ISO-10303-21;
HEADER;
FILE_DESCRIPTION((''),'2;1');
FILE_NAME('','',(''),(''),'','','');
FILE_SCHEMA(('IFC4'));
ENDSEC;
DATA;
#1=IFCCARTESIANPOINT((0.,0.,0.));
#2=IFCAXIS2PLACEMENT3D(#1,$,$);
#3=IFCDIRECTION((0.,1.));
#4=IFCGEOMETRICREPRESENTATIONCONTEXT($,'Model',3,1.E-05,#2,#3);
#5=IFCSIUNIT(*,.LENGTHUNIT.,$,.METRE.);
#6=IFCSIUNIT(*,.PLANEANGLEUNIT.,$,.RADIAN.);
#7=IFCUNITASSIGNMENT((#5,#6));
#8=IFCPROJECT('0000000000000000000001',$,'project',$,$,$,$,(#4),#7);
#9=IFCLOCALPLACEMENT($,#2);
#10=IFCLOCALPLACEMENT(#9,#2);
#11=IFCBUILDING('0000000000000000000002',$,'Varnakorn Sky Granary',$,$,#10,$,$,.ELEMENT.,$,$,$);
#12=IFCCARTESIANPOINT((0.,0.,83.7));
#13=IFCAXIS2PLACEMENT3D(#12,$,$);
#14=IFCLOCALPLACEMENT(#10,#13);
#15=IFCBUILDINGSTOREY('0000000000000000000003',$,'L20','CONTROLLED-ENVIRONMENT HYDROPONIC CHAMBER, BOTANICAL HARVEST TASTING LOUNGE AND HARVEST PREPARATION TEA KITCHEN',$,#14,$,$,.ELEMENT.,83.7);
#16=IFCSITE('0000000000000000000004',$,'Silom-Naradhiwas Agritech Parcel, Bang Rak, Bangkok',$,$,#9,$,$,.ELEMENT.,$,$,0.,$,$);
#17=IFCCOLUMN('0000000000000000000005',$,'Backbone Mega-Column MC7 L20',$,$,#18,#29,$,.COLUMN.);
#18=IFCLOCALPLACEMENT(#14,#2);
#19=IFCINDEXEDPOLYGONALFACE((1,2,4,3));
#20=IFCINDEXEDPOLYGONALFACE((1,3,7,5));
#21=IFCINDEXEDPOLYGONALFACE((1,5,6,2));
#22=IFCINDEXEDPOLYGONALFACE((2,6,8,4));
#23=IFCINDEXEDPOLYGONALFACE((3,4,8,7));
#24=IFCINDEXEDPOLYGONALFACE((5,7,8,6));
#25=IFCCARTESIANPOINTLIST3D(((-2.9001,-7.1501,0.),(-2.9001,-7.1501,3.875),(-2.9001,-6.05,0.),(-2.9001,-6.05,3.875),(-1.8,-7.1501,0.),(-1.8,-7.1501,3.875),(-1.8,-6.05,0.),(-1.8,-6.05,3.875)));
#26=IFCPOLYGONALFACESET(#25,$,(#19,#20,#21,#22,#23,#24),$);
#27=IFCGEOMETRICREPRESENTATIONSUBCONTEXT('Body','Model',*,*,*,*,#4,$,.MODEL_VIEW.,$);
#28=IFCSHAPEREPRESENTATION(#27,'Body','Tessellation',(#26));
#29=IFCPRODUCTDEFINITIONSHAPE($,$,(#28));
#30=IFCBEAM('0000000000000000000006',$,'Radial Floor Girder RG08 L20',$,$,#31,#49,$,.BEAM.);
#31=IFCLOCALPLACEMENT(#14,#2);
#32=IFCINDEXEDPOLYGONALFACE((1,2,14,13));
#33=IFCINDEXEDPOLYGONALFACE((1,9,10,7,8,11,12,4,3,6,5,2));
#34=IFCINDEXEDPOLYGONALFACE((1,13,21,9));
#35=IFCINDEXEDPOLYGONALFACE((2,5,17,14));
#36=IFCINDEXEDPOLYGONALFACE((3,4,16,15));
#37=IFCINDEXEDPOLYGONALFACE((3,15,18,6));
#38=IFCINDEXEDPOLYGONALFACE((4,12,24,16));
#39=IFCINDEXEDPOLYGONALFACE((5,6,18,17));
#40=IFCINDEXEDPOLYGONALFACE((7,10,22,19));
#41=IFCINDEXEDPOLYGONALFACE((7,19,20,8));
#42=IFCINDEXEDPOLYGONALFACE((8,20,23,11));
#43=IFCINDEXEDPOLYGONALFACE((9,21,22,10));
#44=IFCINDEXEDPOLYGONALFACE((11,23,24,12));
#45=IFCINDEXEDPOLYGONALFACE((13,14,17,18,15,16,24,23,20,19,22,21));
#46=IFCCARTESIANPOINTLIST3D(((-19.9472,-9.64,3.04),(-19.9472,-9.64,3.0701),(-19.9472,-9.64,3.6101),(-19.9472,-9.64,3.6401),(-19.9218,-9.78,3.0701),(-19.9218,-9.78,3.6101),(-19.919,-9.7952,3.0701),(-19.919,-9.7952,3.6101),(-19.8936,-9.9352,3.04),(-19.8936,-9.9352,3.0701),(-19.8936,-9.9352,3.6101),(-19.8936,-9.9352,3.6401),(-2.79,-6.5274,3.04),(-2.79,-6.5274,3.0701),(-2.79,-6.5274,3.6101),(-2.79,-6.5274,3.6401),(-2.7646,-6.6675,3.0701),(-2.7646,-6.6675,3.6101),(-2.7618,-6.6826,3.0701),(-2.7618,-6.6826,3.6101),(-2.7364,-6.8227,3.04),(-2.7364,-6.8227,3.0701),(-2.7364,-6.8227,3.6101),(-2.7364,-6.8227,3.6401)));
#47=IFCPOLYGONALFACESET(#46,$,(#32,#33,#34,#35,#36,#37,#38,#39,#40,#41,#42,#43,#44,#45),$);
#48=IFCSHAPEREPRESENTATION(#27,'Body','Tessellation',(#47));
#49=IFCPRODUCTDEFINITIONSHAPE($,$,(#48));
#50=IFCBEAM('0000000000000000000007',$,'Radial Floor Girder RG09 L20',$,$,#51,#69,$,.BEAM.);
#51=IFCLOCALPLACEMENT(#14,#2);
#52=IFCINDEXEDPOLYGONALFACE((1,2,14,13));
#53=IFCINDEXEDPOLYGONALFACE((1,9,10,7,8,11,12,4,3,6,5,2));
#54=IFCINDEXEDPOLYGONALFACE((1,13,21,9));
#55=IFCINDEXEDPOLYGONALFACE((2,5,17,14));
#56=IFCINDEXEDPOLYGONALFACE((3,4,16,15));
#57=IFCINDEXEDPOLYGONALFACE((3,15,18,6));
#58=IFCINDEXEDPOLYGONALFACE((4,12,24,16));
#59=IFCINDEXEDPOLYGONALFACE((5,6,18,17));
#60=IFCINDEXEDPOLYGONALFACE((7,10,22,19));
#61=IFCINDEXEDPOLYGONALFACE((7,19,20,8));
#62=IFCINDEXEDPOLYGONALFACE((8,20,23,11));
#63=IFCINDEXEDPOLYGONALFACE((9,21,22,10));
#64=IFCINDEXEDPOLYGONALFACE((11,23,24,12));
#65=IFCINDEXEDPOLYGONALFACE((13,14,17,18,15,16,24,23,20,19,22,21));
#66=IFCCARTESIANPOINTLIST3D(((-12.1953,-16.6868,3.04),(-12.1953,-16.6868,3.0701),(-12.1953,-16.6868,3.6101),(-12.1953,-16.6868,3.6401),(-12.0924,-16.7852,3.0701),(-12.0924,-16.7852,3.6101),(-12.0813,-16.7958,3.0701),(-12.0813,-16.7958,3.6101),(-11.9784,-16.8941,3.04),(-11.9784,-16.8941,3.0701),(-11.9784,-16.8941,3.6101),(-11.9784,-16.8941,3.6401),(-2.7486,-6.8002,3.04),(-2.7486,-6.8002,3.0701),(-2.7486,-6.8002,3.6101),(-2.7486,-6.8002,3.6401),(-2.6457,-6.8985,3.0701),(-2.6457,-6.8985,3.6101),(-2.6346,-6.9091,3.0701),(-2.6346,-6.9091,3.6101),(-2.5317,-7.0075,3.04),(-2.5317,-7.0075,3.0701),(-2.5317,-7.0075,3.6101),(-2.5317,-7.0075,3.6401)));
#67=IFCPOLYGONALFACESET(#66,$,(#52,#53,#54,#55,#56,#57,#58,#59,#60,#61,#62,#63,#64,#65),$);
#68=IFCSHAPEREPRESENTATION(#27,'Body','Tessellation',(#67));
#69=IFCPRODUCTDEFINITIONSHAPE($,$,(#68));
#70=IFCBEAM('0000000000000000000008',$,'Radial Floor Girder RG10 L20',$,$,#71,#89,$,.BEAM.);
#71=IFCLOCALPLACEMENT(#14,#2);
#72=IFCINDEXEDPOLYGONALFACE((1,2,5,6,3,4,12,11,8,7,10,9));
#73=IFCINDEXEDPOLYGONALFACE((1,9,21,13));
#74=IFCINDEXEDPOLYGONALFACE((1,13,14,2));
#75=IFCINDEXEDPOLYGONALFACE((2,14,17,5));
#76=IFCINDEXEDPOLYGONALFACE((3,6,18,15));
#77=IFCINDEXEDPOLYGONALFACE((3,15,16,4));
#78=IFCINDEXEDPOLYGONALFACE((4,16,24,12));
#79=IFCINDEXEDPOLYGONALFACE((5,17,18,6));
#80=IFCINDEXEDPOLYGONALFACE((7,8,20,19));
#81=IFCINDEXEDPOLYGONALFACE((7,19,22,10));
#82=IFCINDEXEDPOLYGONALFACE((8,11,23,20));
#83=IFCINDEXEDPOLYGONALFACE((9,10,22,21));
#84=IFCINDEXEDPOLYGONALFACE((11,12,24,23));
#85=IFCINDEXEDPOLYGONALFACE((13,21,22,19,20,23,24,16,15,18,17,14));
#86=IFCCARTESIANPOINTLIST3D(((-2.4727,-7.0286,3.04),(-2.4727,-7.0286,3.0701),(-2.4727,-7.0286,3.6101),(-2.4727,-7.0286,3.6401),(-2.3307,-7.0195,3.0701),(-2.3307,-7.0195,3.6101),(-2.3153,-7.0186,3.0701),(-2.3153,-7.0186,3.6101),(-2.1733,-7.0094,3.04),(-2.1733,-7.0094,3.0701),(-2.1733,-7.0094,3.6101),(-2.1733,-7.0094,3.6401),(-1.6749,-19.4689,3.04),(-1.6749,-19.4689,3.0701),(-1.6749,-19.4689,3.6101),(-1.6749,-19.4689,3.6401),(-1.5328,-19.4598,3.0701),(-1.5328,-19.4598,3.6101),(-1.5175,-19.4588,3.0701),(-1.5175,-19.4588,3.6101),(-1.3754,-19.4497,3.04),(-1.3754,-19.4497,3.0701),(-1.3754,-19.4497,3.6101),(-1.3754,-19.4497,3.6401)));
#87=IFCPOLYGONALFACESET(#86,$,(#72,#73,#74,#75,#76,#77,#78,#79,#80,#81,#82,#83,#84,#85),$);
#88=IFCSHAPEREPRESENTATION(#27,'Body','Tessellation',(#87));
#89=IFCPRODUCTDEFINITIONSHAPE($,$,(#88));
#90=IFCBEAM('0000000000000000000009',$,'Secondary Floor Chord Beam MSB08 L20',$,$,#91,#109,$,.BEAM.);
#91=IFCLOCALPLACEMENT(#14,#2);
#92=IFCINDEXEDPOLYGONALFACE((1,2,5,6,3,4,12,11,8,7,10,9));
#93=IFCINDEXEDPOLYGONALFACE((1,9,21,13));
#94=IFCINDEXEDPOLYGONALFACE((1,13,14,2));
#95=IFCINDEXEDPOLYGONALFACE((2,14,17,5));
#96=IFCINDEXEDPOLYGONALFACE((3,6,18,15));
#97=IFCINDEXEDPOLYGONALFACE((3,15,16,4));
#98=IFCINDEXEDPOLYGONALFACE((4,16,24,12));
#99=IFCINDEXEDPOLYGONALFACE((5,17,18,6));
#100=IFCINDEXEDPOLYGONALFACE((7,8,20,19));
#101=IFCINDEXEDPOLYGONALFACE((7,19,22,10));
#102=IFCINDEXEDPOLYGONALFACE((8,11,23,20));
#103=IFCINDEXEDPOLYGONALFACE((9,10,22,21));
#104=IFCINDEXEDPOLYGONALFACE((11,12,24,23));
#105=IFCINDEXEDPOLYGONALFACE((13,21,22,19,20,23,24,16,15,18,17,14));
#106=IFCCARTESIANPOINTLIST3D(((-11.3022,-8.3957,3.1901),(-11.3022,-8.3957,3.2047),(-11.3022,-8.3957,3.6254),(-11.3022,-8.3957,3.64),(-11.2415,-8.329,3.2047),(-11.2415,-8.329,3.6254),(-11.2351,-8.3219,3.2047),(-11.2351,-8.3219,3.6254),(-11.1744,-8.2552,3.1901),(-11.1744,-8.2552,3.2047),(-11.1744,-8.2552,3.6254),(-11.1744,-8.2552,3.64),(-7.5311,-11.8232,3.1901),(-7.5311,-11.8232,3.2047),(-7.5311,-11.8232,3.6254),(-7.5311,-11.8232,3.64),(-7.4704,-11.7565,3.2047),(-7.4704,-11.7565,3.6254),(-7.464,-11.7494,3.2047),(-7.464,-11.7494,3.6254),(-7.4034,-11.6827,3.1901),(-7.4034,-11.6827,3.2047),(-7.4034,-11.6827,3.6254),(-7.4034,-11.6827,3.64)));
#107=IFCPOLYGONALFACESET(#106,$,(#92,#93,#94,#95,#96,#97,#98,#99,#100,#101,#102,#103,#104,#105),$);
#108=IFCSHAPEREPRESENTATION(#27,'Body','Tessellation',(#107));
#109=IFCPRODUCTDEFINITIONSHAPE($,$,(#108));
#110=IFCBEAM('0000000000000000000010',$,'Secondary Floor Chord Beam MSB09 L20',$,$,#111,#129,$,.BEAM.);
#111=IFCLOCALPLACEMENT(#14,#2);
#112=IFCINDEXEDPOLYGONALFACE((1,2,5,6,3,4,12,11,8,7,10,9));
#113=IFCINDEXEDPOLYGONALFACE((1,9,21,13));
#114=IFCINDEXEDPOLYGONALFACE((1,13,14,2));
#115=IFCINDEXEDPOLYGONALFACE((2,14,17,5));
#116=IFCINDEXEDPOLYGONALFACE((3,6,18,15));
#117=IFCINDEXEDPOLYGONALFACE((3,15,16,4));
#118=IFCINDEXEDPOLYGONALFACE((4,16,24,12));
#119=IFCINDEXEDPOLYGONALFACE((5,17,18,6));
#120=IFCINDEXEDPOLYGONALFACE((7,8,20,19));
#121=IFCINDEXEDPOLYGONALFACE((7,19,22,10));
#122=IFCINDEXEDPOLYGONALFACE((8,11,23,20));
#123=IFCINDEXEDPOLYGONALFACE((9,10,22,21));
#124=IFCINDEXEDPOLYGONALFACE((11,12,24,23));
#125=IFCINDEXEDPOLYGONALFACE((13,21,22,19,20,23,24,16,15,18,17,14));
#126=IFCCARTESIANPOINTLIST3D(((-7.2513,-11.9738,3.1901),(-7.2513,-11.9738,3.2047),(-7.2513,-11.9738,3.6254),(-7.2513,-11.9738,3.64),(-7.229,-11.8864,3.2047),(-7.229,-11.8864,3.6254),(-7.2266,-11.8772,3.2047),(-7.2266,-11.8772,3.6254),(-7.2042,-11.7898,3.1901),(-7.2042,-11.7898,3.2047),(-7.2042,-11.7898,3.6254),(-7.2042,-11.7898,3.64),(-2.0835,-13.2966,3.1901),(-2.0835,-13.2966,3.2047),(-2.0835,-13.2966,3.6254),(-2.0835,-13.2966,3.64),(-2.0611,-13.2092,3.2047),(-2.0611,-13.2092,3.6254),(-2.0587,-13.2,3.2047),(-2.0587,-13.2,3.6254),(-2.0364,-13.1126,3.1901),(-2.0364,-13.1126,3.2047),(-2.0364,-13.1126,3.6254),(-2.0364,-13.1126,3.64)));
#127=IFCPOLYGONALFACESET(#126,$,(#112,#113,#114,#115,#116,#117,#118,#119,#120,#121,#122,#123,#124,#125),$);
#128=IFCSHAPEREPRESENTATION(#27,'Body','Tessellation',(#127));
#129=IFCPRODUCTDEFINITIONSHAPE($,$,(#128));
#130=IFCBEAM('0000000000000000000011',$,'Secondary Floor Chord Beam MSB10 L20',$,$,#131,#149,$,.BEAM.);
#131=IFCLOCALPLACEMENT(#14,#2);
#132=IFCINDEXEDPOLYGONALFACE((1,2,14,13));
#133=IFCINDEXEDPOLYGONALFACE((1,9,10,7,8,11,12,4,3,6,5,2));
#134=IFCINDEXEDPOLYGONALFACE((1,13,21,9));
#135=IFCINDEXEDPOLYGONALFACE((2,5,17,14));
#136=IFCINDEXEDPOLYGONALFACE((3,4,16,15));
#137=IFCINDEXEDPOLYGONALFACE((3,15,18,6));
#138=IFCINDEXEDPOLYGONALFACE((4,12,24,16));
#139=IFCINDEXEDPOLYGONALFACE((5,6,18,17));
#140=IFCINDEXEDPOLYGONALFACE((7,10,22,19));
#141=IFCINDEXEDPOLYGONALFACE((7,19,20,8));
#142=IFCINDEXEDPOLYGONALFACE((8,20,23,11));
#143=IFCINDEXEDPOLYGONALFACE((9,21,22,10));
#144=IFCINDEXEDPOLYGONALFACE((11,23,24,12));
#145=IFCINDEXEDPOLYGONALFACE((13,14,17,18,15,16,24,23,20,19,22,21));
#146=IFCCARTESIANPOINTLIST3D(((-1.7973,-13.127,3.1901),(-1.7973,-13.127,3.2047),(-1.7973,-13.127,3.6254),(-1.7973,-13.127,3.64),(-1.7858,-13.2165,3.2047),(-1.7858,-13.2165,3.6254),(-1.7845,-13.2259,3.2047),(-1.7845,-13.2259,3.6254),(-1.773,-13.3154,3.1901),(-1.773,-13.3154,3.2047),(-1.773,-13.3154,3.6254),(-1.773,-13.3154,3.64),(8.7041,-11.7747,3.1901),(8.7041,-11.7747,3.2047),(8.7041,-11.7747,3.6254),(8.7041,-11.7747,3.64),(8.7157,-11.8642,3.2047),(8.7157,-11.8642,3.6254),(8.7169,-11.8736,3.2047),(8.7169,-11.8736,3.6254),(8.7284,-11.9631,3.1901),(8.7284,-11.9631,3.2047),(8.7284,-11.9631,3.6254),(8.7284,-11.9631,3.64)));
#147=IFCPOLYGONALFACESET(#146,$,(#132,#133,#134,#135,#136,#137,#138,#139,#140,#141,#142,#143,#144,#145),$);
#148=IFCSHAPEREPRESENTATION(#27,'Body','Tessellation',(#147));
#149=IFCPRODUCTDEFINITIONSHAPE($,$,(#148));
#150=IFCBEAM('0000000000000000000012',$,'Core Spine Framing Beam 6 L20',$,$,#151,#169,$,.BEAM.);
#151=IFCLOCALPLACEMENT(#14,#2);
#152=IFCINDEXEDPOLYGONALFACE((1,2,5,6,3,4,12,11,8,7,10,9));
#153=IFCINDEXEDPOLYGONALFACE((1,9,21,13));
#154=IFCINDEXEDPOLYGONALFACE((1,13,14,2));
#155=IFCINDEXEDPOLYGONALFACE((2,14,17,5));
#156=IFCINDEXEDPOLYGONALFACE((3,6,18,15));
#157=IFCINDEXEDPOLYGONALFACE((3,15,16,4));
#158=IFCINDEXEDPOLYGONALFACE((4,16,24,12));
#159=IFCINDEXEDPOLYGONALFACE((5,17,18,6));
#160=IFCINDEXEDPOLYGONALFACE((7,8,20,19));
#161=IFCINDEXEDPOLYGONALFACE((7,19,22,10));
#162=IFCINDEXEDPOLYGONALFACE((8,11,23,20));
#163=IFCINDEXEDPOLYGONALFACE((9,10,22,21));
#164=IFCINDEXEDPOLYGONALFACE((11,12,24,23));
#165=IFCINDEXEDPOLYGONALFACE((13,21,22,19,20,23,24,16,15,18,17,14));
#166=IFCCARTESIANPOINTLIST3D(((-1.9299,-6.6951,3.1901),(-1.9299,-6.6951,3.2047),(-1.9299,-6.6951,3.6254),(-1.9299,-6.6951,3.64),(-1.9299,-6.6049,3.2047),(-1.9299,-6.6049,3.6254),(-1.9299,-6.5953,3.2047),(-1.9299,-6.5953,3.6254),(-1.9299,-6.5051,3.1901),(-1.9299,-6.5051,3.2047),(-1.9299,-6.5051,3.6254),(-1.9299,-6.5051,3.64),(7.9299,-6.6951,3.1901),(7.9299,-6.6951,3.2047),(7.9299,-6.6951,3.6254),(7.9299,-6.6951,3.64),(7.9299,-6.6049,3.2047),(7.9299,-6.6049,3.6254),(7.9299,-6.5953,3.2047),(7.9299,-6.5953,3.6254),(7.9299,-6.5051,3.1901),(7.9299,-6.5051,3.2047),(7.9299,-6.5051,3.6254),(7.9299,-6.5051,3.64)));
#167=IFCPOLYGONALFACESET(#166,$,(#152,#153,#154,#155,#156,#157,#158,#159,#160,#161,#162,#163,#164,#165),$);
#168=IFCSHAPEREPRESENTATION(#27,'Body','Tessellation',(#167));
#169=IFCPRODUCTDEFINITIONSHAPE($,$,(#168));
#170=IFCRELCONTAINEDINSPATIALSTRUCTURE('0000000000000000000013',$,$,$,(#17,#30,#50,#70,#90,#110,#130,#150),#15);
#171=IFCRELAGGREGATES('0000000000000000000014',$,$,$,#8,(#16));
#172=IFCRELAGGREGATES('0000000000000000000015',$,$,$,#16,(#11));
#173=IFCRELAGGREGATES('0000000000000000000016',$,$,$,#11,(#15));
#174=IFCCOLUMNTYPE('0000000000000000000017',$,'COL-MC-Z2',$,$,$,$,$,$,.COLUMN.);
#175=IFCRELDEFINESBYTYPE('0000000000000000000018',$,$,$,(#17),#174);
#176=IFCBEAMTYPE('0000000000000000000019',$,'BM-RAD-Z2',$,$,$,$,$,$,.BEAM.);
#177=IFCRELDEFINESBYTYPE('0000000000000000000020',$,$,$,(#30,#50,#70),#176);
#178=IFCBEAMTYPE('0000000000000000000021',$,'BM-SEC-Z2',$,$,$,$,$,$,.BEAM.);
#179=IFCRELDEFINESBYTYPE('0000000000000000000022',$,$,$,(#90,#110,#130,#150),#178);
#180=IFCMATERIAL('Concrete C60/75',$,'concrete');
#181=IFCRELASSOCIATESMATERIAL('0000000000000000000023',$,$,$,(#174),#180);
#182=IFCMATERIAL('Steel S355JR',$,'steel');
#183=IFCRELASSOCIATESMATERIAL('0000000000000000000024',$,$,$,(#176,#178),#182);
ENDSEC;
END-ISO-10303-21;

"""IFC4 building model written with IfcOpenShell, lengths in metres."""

from ifc_helpers import new_model, si_unit, direction, frame, origin, origin_2d, place, context, subcontext, project, spatial, rectangle, i_section, extrude, material, material_profile, profile_set, type_object, element, save


model = new_model("IFC4")

# Units and contexts
model_context = context("Model", 3, precision=1e-05, world=origin(), true_north=direction((0.0, 1.0)))
body_context = subcontext(model_context, "Body", "Model", "MODEL_VIEW")
ifc_project = project(units=[si_unit("LENGTHUNIT", "METRE"), si_unit("PLANEANGLEUNIT", "RADIAN")], contexts=[model_context])

# Site, building, storey
site_placement = place(None, origin())
site = spatial("IfcSite", under=ifc_project, at=site_placement, Name="Silom-Naradhiwas Agritech Parcel, Bang Rak, Bangkok", CompositionType="ELEMENT", RefElevation=0.0)
building_placement = place(site_placement, origin())
building = spatial("IfcBuilding", under=site, at=building_placement, Name="Varnakorn Sky Granary", CompositionType="ELEMENT")
storey_placement = place(building_placement, frame((0.0, 0.0, 83.7)))
storey = spatial("IfcBuildingStorey", under=building, at=storey_placement, Name="L20", Description="CONTROLLED-ENVIRONMENT HYDROPONIC CHAMBER, BOTANICAL HARVEST TASTING LOUNGE AND HARVEST PREPARATION TEA KITCHEN", CompositionType="ELEMENT", Elevation=83.7)

# Column
ifc_material_1 = material(Name="Concrete C60/75", Category="concrete")
ifc_material_profile_1 = material_profile(ifc_material_1, rectangle(XDim=1.1001, YDim=1.1001, at=origin_2d()), Name="RC 1100x1100")
ifc_profile_set_1 = profile_set([ifc_material_profile_1], Name="Concrete C60/75")
column_type = type_object("IfcColumnType", Name="COL-MC-Z2", PredefinedType="COLUMN", material=ifc_profile_set_1)
column_placement = place(storey_placement, frame((-2.3501, -6.6001, 0.0), z_axis=(0.0, 0.0, 1.0), x_axis=(1.0, 0.0, 0.0)))
element("IfcColumn", 1, at=column_placement, inside=storey, type_object=column_type, Name="Backbone Mega-Column MC7 L20", PredefinedType="COLUMN", context=body_context, shape_type="SweptSolid", body=[
    extrude(rectangle(XDim=1.1001, YDim=1.1001, at=origin_2d()), origin(), (0.0, 0.0, 1.0), 3.875),
])

# Beams
ifc_material_2 = material(Name="Steel S355JR", Category="steel")
ifc_material_profile_2 = material_profile(ifc_material_2, i_section(OverallWidth=0.3, OverallDepth=0.6001, WebThickness=0.0154, FlangeThickness=0.03, at=origin_2d()), Name="HE 600 B")
ifc_profile_set_2 = profile_set([ifc_material_profile_2], Name="Steel S355JR")
beam_type_1 = type_object("IfcBeamType", Name="BM-RAD-Z2", PredefinedType="BEAM", material=ifc_profile_set_2)
beam_1_placement = place(storey_placement, frame((-2.7632, -6.675, 3.3401), z_axis=(-0.98394, -0.1785, 0.0), x_axis=(0.1785, -0.98394, 0.0)))
element("IfcBeam", 2, at=beam_1_placement, inside=storey, type_object=beam_type_1, Name="Radial Floor Girder RG08 L20", PredefinedType="BEAM", context=body_context, shape_type="SweptSolid", body=[
    extrude(i_section(OverallWidth=0.3, OverallDepth=0.6001, WebThickness=0.0154, FlangeThickness=0.03, at=origin_2d()), origin(), (0.0, 0.0, 1.0), 17.4373),
])
beam_2_placement = place(storey_placement, frame((-2.6401, -6.9038, 3.3401), z_axis=(-0.690837, -0.72301, 0.0), x_axis=(0.72301, -0.690837, 0.0)))
element("IfcBeam", 3, at=beam_2_placement, inside=storey, type_object=beam_type_1, Name="Radial Floor Girder RG09 L20", PredefinedType="BEAM", context=body_context, shape_type="SweptSolid", body=[
    extrude(i_section(OverallWidth=0.3, OverallDepth=0.6001, WebThickness=0.0154, FlangeThickness=0.03, at=origin_2d()), origin(), (0.0, 0.0, 1.0), 13.6743),
])
beam_3_placement = place(storey_placement, frame((-2.323, -7.019, 3.3401), z_axis=(0.064004, -0.99795, 0.0), x_axis=(0.99795, 0.064004, 0.0)))
element("IfcBeam", 4, at=beam_3_placement, inside=storey, type_object=beam_type_1, Name="Radial Floor Girder RG10 L20", PredefinedType="BEAM", context=body_context, shape_type="SweptSolid", body=[
    extrude(i_section(OverallWidth=0.3, OverallDepth=0.6001, WebThickness=0.0154, FlangeThickness=0.03, at=origin_2d()), origin(), (0.0, 0.0, 1.0), 12.4658),
])
ifc_material_profile_3 = material_profile(ifc_material_2, i_section(OverallWidth=0.1899, OverallDepth=0.45, WebThickness=0.0095, FlangeThickness=0.0146, at=origin_2d()), Name="IPE 450")
ifc_profile_set_3 = profile_set([ifc_material_profile_3], Name="Steel S355JR")
beam_type_2 = type_object("IfcBeamType", Name="BM-SEC-Z2", PredefinedType="BEAM", material=ifc_profile_set_3)
beam_4_placement = place(storey_placement, frame((-11.2383, -8.3254, 3.415), z_axis=(0.740007, -0.672599, 0.0), x_axis=(0.672599, 0.740007, 0.0)))
element("IfcBeam", 5, at=beam_4_placement, inside=storey, type_object=beam_type_2, Name="Secondary Floor Chord Beam MSB08 L20", PredefinedType="BEAM", context=body_context, shape_type="SweptSolid", body=[
    extrude(i_section(OverallWidth=0.1899, OverallDepth=0.45, WebThickness=0.0095, FlangeThickness=0.0146, at=origin_2d()), origin(), (0.0, 0.0, 1.0), 5.0959),
])
beam_5_placement = place(storey_placement, frame((-7.2278, -11.8818, 3.415), z_axis=(0.96877, -0.247959, 0.0), x_axis=(0.247959, 0.96877, 0.0)))
element("IfcBeam", 6, at=beam_5_placement, inside=storey, type_object=beam_type_2, Name="Secondary Floor Chord Beam MSB09 L20", PredefinedType="BEAM", context=body_context, shape_type="SweptSolid", body=[
    extrude(i_section(OverallWidth=0.1899, OverallDepth=0.45, WebThickness=0.0095, FlangeThickness=0.0146, at=origin_2d()), origin(), (0.0, 0.0, 1.0), 5.3345),
])
beam_6_placement = place(storey_placement, frame((-1.7852, -13.2212, 3.415), z_axis=(0.991811, 0.127717, 0.0), x_axis=(-0.127717, 0.991811, 0.0)))
element("IfcBeam", 7, at=beam_6_placement, inside=storey, type_object=beam_type_2, Name="Secondary Floor Chord Beam MSB10 L20", PredefinedType="BEAM", context=body_context, shape_type="SweptSolid", body=[
    extrude(i_section(OverallWidth=0.1899, OverallDepth=0.45, WebThickness=0.0095, FlangeThickness=0.0146, at=origin_2d()), origin(), (0.0, 0.0, 1.0), 10.5881),
])
beam_7_placement = place(storey_placement, frame((-1.9299, -6.6001, 3.415), z_axis=(1.0, 0.0, 0.0), x_axis=(0.0, 1.0, 0.0)))
element("IfcBeam", 8, at=beam_7_placement, inside=storey, type_object=beam_type_2, Name="Core Spine Framing Beam 6 L20", PredefinedType="BEAM", context=body_context, shape_type="SweptSolid", body=[
    extrude(i_section(OverallWidth=0.1899, OverallDepth=0.45, WebThickness=0.0095, FlangeThickness=0.0146, at=origin_2d()), origin(), (0.0, 0.0, 1.0), 9.8599),
])

save(model, "model.ifc")
